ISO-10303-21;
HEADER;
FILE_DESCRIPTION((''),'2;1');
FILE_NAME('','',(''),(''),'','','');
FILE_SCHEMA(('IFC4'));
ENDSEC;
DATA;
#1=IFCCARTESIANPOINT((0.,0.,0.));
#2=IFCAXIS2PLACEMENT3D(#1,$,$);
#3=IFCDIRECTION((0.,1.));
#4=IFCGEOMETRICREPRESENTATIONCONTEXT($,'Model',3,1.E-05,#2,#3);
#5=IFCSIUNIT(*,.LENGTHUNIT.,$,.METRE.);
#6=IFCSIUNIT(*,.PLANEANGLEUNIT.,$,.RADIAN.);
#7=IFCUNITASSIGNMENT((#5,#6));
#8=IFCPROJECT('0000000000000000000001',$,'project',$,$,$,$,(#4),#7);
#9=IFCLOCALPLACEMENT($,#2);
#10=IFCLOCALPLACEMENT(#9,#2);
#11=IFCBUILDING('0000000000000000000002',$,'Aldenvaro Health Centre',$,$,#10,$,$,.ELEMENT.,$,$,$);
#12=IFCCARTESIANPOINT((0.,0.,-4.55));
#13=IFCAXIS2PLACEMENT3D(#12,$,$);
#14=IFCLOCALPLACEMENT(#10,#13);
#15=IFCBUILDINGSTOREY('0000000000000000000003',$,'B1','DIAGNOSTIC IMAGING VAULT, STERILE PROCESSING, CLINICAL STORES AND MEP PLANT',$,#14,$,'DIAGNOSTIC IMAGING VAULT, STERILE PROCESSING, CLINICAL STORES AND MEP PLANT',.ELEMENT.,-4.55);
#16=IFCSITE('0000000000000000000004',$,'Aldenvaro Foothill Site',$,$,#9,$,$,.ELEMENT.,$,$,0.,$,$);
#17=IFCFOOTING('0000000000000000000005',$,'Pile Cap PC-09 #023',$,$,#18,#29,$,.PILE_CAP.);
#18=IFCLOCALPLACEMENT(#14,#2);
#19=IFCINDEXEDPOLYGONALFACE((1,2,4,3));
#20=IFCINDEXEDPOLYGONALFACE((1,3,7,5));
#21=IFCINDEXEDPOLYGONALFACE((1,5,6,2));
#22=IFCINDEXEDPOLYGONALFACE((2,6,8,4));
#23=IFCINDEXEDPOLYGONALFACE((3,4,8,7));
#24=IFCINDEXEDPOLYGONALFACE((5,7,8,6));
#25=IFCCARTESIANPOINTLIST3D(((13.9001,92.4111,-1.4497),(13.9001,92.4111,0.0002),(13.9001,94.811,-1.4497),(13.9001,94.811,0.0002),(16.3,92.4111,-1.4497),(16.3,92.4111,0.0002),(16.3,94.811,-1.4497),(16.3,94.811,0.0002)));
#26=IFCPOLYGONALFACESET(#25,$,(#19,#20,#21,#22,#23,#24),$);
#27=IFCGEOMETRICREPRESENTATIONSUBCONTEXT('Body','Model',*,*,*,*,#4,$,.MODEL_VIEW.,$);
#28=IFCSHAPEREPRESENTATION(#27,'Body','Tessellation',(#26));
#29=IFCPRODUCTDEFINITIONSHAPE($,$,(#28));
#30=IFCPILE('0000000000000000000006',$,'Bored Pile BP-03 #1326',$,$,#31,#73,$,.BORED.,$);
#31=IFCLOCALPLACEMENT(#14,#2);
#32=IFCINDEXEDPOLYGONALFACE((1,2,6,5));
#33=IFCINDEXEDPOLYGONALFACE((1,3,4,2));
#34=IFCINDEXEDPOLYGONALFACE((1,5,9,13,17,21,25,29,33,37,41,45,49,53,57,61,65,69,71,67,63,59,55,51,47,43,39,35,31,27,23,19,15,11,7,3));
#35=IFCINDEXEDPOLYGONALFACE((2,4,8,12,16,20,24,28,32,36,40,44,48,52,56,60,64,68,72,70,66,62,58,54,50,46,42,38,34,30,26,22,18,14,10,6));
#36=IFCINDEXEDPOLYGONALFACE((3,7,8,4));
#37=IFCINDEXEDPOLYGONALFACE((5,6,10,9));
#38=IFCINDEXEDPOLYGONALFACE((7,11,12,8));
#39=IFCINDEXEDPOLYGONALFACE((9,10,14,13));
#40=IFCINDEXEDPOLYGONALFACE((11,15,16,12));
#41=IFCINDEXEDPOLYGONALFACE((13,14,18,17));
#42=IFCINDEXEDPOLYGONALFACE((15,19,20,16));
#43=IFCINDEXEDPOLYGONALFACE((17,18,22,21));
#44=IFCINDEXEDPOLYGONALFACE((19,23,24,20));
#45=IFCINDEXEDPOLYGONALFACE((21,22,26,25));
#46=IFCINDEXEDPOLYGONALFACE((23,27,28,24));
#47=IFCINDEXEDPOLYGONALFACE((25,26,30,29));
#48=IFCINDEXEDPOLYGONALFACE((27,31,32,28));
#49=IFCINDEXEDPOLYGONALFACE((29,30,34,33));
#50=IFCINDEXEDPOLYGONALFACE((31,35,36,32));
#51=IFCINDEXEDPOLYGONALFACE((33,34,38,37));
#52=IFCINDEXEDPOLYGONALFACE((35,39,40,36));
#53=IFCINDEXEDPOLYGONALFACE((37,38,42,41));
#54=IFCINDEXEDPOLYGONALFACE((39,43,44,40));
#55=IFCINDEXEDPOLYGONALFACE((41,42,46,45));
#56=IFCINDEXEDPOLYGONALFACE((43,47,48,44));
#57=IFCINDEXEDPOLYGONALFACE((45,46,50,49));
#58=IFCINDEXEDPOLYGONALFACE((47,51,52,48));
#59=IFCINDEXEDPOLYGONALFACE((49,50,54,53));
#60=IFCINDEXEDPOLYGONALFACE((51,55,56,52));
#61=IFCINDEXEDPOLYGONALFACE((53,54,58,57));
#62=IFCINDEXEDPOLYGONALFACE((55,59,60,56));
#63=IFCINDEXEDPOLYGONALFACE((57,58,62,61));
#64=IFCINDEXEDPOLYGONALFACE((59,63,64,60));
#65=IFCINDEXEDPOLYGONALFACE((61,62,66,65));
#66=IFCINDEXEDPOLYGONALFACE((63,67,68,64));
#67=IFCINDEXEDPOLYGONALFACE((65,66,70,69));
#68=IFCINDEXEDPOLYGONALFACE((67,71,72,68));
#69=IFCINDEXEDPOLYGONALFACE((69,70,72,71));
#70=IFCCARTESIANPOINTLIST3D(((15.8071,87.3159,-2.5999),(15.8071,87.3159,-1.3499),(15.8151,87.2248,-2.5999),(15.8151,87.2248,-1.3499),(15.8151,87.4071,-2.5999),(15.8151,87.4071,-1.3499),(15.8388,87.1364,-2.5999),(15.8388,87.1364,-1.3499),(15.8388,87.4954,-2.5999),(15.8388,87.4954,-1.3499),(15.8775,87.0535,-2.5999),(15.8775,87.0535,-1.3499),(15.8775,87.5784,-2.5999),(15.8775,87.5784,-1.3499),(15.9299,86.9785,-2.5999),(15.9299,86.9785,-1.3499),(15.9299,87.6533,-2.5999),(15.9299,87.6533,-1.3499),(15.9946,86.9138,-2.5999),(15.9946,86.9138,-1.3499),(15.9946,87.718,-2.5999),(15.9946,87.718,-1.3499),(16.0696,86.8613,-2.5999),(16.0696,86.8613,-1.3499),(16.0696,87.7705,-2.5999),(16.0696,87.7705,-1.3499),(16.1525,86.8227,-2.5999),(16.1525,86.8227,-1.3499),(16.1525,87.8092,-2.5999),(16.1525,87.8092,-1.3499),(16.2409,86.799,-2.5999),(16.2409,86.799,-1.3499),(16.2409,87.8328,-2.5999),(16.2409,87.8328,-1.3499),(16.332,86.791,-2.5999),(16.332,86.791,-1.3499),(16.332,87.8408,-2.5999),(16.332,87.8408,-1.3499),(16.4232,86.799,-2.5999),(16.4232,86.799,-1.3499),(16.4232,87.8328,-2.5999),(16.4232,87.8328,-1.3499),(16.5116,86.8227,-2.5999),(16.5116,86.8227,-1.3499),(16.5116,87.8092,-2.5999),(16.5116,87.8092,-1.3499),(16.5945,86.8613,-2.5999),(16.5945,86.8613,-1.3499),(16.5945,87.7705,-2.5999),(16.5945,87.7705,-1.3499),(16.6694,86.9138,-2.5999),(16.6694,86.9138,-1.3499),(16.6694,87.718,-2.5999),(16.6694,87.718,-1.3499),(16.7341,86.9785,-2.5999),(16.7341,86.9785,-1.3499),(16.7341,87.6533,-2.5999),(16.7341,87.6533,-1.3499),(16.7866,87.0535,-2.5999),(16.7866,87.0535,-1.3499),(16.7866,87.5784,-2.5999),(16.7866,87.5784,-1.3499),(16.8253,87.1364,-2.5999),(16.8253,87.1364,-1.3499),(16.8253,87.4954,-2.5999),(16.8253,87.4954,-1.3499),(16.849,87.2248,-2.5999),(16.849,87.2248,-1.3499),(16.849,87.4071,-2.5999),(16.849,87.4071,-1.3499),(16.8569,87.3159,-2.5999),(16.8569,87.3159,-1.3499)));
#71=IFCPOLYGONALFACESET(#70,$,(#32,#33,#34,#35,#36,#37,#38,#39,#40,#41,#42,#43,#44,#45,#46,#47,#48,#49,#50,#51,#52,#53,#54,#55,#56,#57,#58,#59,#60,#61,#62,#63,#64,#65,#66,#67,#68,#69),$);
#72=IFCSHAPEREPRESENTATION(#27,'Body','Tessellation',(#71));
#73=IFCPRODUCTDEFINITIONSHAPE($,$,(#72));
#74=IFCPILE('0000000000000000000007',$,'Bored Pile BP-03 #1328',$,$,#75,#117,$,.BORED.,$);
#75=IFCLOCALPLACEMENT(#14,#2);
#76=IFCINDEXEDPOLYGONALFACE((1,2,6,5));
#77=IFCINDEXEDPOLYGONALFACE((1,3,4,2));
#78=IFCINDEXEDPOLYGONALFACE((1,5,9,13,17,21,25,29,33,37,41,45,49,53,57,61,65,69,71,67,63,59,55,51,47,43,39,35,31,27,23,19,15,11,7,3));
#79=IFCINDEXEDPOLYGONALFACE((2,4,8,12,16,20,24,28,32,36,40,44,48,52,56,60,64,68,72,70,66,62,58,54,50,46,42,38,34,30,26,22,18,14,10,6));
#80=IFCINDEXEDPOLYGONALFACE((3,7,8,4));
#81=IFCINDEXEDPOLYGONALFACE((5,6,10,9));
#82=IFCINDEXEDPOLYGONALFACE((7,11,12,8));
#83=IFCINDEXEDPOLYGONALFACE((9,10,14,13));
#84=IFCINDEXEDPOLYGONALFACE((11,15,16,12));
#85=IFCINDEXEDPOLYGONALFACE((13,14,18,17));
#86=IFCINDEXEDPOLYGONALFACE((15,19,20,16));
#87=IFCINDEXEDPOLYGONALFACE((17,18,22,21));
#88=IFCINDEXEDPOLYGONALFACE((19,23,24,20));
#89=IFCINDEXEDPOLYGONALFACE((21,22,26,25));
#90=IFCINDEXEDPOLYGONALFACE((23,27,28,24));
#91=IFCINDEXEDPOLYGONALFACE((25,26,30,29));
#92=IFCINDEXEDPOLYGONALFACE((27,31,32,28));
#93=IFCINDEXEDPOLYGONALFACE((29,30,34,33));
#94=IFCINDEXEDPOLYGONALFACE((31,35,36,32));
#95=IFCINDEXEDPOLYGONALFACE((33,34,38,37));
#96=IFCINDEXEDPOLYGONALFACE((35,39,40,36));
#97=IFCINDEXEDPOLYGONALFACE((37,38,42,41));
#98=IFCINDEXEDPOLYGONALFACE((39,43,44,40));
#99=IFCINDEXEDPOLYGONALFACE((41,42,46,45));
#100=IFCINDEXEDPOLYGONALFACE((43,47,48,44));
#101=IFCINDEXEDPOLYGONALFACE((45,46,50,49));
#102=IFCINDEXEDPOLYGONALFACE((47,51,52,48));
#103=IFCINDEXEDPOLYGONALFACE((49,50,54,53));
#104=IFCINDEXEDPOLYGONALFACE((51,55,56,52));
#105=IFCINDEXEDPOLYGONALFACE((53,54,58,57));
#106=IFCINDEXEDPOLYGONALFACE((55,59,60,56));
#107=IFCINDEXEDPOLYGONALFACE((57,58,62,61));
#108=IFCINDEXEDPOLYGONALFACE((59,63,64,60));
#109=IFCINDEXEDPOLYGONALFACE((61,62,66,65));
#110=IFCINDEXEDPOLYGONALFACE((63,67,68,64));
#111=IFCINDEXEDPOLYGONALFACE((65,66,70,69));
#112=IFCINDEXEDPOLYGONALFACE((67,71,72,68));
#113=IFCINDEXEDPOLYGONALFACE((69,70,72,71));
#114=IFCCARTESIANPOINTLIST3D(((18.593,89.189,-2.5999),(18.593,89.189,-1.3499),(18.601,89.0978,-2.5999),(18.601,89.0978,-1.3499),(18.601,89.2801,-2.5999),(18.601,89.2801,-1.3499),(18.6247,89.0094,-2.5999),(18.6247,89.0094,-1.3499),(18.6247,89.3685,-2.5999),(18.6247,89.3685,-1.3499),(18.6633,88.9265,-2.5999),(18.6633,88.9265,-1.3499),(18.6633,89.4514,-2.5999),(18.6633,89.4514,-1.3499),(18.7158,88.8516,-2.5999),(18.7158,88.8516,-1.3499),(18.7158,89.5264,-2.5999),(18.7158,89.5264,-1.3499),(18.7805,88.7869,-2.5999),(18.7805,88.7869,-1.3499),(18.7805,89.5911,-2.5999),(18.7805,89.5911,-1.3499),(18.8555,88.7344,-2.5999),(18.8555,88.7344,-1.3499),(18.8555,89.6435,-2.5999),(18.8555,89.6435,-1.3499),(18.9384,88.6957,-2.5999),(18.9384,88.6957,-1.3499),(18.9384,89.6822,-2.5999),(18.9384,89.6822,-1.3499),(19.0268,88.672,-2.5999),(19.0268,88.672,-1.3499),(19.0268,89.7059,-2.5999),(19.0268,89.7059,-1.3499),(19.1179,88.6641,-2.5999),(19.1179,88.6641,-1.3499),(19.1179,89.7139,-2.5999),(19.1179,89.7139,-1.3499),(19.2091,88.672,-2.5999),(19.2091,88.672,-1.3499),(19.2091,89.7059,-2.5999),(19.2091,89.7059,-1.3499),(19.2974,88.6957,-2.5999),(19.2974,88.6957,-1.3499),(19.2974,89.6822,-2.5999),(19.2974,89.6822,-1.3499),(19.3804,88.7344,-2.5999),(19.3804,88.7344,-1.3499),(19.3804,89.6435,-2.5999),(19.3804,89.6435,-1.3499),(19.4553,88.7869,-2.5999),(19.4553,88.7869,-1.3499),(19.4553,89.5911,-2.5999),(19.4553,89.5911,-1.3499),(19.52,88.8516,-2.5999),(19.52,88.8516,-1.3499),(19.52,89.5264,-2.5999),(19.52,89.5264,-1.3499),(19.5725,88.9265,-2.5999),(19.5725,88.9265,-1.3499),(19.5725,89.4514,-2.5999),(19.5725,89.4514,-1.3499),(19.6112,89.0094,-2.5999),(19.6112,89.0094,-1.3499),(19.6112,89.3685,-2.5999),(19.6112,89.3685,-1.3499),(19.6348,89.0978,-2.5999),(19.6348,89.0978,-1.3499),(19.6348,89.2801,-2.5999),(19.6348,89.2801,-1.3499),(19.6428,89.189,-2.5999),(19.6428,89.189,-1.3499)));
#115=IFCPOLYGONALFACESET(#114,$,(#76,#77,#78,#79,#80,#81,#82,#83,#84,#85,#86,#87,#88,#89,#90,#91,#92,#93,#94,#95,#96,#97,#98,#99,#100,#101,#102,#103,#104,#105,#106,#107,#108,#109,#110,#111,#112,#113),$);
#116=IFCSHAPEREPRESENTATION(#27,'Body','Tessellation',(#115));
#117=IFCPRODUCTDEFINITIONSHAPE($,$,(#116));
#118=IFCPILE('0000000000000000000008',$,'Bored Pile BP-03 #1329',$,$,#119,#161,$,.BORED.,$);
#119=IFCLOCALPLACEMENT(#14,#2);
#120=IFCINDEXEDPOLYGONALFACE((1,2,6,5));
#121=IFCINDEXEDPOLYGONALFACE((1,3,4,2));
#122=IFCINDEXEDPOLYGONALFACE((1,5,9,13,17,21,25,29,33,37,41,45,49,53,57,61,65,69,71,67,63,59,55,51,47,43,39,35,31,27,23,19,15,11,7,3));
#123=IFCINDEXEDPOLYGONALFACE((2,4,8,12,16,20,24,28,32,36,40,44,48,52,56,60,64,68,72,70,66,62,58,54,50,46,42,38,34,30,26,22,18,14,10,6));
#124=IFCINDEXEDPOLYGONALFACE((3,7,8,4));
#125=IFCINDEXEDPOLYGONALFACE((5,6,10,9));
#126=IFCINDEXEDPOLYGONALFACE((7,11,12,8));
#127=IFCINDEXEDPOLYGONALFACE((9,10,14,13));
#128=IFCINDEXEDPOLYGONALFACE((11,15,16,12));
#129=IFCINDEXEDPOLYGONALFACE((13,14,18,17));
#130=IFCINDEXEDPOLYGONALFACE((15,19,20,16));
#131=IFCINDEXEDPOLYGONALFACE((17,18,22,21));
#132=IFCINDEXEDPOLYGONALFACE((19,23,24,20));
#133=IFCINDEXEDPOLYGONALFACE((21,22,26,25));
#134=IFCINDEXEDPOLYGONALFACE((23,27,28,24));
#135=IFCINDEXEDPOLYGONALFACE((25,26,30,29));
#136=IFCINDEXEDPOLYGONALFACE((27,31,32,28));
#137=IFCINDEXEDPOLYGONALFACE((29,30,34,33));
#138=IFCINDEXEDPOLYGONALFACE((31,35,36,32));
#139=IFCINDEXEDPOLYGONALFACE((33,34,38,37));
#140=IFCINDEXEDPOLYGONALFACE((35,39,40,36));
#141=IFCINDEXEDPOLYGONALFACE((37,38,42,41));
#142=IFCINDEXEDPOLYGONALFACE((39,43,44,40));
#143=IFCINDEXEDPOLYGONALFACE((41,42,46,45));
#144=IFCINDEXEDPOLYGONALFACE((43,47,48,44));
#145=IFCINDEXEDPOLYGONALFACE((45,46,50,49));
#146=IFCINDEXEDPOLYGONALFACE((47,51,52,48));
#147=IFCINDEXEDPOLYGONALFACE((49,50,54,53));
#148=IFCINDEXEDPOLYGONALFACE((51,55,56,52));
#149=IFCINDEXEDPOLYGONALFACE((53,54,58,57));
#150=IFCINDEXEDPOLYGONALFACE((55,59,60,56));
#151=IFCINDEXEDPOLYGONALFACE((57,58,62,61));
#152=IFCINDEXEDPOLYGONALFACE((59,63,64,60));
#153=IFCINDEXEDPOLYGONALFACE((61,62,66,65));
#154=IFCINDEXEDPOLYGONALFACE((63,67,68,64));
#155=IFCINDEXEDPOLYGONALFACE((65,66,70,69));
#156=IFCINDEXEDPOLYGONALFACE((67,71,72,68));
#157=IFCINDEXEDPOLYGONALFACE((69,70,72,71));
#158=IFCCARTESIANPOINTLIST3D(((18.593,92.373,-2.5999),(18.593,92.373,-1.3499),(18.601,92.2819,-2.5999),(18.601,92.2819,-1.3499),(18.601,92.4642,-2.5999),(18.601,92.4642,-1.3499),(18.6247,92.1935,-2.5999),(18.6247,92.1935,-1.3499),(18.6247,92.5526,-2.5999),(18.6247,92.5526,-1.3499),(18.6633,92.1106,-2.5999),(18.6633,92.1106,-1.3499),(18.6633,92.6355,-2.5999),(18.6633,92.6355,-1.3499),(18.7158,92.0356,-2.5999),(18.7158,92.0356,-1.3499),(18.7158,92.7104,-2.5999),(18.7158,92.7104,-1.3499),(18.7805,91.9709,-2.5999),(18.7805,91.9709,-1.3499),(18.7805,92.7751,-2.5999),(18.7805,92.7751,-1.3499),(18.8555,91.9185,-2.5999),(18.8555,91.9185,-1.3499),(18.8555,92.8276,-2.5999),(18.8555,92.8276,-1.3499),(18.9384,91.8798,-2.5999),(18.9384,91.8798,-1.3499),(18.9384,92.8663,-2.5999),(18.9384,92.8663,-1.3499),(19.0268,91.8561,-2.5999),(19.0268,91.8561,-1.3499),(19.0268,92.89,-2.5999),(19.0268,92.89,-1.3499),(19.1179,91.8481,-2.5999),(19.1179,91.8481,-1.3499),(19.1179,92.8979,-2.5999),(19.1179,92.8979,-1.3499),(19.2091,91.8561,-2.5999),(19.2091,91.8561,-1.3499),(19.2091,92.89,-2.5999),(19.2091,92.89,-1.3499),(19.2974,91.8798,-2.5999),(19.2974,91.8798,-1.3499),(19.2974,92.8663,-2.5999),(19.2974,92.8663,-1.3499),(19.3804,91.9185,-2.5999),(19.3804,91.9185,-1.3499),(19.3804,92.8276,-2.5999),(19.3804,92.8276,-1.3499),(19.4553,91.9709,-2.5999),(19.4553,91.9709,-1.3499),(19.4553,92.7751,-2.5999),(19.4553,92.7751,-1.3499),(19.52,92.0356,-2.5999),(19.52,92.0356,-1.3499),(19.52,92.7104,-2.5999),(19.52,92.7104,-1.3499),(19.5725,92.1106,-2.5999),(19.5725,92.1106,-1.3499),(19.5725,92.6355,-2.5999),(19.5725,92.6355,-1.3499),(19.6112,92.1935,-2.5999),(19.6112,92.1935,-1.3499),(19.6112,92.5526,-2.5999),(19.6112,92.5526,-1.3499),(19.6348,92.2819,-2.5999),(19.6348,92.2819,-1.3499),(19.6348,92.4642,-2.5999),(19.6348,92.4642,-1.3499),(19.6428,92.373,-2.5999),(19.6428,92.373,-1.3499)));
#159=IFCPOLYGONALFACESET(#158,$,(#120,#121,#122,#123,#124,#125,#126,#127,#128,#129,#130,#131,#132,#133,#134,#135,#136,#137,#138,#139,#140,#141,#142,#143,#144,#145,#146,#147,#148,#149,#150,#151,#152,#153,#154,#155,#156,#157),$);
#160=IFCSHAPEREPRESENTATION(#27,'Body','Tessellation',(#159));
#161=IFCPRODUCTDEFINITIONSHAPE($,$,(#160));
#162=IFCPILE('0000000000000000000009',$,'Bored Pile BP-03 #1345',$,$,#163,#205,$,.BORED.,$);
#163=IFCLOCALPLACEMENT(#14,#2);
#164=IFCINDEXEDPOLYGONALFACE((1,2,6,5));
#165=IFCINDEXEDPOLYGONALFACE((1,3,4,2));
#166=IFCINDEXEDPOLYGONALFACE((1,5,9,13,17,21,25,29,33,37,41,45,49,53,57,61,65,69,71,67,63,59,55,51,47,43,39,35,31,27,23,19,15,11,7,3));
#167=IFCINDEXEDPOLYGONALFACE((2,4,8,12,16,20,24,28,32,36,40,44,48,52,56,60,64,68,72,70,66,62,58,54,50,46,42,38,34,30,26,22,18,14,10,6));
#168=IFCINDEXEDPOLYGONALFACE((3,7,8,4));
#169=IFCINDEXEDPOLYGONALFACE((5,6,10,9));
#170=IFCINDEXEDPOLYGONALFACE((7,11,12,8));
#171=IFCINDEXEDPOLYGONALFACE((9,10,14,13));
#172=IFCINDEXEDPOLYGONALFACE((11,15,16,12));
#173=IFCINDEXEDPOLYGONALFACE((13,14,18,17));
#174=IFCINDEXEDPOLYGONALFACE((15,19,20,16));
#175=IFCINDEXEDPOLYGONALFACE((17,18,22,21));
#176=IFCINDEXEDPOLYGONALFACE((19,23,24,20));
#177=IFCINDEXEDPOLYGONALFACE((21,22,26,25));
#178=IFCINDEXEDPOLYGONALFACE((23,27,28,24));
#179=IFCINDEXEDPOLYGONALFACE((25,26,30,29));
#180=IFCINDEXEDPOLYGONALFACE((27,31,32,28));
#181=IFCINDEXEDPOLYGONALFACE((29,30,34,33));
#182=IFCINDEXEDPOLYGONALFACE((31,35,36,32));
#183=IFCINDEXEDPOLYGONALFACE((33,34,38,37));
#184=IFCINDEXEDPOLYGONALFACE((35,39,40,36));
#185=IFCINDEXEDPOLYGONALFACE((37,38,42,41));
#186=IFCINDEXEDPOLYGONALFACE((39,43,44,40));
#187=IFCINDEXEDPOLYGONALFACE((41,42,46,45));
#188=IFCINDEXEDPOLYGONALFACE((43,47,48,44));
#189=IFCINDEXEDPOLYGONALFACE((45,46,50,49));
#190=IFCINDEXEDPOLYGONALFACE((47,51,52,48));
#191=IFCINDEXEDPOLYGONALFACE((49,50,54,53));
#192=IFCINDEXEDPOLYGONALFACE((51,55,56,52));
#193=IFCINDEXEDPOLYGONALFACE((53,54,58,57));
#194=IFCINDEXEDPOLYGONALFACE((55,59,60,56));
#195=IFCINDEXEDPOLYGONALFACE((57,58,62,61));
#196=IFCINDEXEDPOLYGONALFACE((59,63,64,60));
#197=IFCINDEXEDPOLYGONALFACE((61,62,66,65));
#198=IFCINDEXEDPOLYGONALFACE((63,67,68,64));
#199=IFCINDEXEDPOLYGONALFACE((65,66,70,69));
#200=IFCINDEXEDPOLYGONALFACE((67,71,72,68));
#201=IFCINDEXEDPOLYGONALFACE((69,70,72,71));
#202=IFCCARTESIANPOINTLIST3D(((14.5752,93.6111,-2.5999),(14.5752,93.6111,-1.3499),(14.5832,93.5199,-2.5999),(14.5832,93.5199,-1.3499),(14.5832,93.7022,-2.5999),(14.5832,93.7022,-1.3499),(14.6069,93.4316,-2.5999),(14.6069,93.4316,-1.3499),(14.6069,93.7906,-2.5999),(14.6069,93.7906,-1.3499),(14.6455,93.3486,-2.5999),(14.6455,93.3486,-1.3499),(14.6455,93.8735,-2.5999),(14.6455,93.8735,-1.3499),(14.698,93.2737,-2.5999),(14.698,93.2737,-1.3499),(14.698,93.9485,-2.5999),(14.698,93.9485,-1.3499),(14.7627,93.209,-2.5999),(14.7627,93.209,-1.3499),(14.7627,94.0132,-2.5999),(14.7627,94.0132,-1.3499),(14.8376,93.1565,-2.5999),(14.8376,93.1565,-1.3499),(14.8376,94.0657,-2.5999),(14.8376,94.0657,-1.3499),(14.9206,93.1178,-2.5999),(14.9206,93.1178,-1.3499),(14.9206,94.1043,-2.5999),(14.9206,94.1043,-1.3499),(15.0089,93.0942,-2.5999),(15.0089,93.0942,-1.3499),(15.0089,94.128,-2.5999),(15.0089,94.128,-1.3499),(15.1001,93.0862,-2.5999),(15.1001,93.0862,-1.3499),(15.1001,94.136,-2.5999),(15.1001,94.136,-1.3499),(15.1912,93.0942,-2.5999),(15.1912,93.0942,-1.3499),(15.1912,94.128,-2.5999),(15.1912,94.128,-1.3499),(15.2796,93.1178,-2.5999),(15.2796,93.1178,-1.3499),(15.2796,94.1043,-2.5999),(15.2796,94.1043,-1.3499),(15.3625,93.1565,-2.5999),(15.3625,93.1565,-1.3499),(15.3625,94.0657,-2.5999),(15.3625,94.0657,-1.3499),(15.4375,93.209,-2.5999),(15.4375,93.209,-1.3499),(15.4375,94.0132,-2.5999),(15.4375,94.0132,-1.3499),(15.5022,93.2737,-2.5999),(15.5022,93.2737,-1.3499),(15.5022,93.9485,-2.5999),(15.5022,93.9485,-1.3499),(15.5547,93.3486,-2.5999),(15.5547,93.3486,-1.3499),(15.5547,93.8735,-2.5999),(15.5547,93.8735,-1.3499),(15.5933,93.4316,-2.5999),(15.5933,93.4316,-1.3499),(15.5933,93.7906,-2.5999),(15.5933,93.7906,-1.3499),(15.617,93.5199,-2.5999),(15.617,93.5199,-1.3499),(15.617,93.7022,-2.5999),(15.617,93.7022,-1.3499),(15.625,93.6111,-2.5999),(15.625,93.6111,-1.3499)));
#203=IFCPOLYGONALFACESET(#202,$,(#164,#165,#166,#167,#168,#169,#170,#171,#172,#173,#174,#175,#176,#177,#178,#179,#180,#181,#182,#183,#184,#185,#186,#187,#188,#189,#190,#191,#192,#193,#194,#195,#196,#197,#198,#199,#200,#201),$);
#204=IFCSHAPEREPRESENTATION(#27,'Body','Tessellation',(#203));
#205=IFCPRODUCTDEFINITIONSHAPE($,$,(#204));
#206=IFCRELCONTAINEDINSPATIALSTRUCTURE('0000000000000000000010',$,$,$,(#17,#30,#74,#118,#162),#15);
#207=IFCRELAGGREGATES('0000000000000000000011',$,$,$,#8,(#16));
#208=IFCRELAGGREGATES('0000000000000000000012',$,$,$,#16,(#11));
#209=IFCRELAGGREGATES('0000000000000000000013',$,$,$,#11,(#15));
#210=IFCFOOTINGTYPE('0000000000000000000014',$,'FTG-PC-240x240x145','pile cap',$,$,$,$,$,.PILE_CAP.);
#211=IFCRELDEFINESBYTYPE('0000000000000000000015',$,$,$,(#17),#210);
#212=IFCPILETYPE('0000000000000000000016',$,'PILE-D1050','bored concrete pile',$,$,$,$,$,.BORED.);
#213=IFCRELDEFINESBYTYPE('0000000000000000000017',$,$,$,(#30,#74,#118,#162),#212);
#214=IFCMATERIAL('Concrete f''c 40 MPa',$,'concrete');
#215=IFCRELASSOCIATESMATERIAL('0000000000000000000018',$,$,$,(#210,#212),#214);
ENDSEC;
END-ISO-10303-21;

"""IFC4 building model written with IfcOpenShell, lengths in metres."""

from ifc_helpers import new_model, si_unit, direction, frame, origin, origin_2d, place, context, subcontext, project, spatial, rectangle, circle, extrude, material, material_profile, profile_set, type_object, element, save


model = new_model("IFC4")

# Units and contexts
model_context = context("Model", 3, precision=1e-05, world=origin(), true_north=direction((0.0, 1.0)))
body_context = subcontext(model_context, "Body", "Model", "MODEL_VIEW")
ifc_project = project(units=[si_unit("LENGTHUNIT", "METRE"), si_unit("PLANEANGLEUNIT", "RADIAN")], contexts=[model_context])

# Site, building, storey
site_placement = place(None, origin())
site = spatial("IfcSite", under=ifc_project, at=site_placement, Name="Aldenvaro Foothill Site", CompositionType="ELEMENT", RefElevation=0.0)
building_placement = place(site_placement, origin())
building = spatial("IfcBuilding", under=site, at=building_placement, Name="Aldenvaro Health Centre", CompositionType="ELEMENT")
storey_placement = place(building_placement, frame((0.0, 0.0, -4.55)))
storey = spatial("IfcBuildingStorey", under=building, at=storey_placement, Name="B1", Description="DIAGNOSTIC IMAGING VAULT, STERILE PROCESSING, CLINICAL STORES AND MEP PLANT", LongName="DIAGNOSTIC IMAGING VAULT, STERILE PROCESSING, CLINICAL STORES AND MEP PLANT", CompositionType="ELEMENT", Elevation=-4.55)

# Footing
ifc_material_1 = material(Name="Concrete f'c 40 MPa", Category="concrete")
footing_type = type_object("IfcFootingType", Name="FTG-PC-240x240x145", Description="pile cap", PredefinedType="PILE_CAP", material=ifc_material_1)
footing_placement = place(storey_placement, frame((15.1001, 93.6111, -1.4497), z_axis=(0.0, 0.0, 1.0), x_axis=(1.0, 0.0, 0.0)))
element("IfcFooting", 1, at=footing_placement, inside=storey, type_object=footing_type, Name="Pile Cap PC-09 #023", PredefinedType="PILE_CAP", context=body_context, shape_type="SweptSolid", body=[
    extrude(rectangle(XDim=2.3999, YDim=2.3999, at=origin_2d()), origin(), (0.0, 0.0, 1.0), 1.45),
])

# Piles
ifc_material_profile_1 = material_profile(ifc_material_1, circle(Radius=0.5249, at=origin_2d()), Name="PILE D1050", Category="concrete")
ifc_profile_set_1 = profile_set([ifc_material_profile_1], Name="Concrete f'c 40 MPa")
pile_type = type_object("IfcPileType", Name="PILE-D1050", Description="bored concrete pile", PredefinedType="BORED", material=ifc_profile_set_1)
for number, where, z_axis, x_axis, name in (
    (2, (16.332, 87.3159, -1.3499), (0.0, 0.0, -1.0), (1.0, 0.0, 0.0), "Bored Pile BP-03 #1326"),
    (3, (19.1179, 89.189, -1.3499), (0.0, 0.0, -1.0), (1.0, 0.0, 0.0), "Bored Pile BP-03 #1328"),
    (4, (19.1179, 92.373, -1.3499), (0.0, 0.0, -1.0), (1.0, 0.0, 0.0), "Bored Pile BP-03 #1329"),
    (5, (15.1001, 93.6111, -1.3499), (0.0, 0.0, -1.0), (1.0, 0.0, 0.0), "Bored Pile BP-03 #1345"),
):
    element("IfcPile", number, at=place(storey_placement, frame(where, z_axis=z_axis, x_axis=x_axis)), inside=storey, type_object=pile_type, Name=name, PredefinedType="BORED", context=body_context, shape_type="SweptSolid", body=[
        extrude(circle(Radius=0.5249, at=origin_2d()), origin(), (0.0, 0.0, 1.0), 1.25),
    ])

save(model, "model.ifc")
